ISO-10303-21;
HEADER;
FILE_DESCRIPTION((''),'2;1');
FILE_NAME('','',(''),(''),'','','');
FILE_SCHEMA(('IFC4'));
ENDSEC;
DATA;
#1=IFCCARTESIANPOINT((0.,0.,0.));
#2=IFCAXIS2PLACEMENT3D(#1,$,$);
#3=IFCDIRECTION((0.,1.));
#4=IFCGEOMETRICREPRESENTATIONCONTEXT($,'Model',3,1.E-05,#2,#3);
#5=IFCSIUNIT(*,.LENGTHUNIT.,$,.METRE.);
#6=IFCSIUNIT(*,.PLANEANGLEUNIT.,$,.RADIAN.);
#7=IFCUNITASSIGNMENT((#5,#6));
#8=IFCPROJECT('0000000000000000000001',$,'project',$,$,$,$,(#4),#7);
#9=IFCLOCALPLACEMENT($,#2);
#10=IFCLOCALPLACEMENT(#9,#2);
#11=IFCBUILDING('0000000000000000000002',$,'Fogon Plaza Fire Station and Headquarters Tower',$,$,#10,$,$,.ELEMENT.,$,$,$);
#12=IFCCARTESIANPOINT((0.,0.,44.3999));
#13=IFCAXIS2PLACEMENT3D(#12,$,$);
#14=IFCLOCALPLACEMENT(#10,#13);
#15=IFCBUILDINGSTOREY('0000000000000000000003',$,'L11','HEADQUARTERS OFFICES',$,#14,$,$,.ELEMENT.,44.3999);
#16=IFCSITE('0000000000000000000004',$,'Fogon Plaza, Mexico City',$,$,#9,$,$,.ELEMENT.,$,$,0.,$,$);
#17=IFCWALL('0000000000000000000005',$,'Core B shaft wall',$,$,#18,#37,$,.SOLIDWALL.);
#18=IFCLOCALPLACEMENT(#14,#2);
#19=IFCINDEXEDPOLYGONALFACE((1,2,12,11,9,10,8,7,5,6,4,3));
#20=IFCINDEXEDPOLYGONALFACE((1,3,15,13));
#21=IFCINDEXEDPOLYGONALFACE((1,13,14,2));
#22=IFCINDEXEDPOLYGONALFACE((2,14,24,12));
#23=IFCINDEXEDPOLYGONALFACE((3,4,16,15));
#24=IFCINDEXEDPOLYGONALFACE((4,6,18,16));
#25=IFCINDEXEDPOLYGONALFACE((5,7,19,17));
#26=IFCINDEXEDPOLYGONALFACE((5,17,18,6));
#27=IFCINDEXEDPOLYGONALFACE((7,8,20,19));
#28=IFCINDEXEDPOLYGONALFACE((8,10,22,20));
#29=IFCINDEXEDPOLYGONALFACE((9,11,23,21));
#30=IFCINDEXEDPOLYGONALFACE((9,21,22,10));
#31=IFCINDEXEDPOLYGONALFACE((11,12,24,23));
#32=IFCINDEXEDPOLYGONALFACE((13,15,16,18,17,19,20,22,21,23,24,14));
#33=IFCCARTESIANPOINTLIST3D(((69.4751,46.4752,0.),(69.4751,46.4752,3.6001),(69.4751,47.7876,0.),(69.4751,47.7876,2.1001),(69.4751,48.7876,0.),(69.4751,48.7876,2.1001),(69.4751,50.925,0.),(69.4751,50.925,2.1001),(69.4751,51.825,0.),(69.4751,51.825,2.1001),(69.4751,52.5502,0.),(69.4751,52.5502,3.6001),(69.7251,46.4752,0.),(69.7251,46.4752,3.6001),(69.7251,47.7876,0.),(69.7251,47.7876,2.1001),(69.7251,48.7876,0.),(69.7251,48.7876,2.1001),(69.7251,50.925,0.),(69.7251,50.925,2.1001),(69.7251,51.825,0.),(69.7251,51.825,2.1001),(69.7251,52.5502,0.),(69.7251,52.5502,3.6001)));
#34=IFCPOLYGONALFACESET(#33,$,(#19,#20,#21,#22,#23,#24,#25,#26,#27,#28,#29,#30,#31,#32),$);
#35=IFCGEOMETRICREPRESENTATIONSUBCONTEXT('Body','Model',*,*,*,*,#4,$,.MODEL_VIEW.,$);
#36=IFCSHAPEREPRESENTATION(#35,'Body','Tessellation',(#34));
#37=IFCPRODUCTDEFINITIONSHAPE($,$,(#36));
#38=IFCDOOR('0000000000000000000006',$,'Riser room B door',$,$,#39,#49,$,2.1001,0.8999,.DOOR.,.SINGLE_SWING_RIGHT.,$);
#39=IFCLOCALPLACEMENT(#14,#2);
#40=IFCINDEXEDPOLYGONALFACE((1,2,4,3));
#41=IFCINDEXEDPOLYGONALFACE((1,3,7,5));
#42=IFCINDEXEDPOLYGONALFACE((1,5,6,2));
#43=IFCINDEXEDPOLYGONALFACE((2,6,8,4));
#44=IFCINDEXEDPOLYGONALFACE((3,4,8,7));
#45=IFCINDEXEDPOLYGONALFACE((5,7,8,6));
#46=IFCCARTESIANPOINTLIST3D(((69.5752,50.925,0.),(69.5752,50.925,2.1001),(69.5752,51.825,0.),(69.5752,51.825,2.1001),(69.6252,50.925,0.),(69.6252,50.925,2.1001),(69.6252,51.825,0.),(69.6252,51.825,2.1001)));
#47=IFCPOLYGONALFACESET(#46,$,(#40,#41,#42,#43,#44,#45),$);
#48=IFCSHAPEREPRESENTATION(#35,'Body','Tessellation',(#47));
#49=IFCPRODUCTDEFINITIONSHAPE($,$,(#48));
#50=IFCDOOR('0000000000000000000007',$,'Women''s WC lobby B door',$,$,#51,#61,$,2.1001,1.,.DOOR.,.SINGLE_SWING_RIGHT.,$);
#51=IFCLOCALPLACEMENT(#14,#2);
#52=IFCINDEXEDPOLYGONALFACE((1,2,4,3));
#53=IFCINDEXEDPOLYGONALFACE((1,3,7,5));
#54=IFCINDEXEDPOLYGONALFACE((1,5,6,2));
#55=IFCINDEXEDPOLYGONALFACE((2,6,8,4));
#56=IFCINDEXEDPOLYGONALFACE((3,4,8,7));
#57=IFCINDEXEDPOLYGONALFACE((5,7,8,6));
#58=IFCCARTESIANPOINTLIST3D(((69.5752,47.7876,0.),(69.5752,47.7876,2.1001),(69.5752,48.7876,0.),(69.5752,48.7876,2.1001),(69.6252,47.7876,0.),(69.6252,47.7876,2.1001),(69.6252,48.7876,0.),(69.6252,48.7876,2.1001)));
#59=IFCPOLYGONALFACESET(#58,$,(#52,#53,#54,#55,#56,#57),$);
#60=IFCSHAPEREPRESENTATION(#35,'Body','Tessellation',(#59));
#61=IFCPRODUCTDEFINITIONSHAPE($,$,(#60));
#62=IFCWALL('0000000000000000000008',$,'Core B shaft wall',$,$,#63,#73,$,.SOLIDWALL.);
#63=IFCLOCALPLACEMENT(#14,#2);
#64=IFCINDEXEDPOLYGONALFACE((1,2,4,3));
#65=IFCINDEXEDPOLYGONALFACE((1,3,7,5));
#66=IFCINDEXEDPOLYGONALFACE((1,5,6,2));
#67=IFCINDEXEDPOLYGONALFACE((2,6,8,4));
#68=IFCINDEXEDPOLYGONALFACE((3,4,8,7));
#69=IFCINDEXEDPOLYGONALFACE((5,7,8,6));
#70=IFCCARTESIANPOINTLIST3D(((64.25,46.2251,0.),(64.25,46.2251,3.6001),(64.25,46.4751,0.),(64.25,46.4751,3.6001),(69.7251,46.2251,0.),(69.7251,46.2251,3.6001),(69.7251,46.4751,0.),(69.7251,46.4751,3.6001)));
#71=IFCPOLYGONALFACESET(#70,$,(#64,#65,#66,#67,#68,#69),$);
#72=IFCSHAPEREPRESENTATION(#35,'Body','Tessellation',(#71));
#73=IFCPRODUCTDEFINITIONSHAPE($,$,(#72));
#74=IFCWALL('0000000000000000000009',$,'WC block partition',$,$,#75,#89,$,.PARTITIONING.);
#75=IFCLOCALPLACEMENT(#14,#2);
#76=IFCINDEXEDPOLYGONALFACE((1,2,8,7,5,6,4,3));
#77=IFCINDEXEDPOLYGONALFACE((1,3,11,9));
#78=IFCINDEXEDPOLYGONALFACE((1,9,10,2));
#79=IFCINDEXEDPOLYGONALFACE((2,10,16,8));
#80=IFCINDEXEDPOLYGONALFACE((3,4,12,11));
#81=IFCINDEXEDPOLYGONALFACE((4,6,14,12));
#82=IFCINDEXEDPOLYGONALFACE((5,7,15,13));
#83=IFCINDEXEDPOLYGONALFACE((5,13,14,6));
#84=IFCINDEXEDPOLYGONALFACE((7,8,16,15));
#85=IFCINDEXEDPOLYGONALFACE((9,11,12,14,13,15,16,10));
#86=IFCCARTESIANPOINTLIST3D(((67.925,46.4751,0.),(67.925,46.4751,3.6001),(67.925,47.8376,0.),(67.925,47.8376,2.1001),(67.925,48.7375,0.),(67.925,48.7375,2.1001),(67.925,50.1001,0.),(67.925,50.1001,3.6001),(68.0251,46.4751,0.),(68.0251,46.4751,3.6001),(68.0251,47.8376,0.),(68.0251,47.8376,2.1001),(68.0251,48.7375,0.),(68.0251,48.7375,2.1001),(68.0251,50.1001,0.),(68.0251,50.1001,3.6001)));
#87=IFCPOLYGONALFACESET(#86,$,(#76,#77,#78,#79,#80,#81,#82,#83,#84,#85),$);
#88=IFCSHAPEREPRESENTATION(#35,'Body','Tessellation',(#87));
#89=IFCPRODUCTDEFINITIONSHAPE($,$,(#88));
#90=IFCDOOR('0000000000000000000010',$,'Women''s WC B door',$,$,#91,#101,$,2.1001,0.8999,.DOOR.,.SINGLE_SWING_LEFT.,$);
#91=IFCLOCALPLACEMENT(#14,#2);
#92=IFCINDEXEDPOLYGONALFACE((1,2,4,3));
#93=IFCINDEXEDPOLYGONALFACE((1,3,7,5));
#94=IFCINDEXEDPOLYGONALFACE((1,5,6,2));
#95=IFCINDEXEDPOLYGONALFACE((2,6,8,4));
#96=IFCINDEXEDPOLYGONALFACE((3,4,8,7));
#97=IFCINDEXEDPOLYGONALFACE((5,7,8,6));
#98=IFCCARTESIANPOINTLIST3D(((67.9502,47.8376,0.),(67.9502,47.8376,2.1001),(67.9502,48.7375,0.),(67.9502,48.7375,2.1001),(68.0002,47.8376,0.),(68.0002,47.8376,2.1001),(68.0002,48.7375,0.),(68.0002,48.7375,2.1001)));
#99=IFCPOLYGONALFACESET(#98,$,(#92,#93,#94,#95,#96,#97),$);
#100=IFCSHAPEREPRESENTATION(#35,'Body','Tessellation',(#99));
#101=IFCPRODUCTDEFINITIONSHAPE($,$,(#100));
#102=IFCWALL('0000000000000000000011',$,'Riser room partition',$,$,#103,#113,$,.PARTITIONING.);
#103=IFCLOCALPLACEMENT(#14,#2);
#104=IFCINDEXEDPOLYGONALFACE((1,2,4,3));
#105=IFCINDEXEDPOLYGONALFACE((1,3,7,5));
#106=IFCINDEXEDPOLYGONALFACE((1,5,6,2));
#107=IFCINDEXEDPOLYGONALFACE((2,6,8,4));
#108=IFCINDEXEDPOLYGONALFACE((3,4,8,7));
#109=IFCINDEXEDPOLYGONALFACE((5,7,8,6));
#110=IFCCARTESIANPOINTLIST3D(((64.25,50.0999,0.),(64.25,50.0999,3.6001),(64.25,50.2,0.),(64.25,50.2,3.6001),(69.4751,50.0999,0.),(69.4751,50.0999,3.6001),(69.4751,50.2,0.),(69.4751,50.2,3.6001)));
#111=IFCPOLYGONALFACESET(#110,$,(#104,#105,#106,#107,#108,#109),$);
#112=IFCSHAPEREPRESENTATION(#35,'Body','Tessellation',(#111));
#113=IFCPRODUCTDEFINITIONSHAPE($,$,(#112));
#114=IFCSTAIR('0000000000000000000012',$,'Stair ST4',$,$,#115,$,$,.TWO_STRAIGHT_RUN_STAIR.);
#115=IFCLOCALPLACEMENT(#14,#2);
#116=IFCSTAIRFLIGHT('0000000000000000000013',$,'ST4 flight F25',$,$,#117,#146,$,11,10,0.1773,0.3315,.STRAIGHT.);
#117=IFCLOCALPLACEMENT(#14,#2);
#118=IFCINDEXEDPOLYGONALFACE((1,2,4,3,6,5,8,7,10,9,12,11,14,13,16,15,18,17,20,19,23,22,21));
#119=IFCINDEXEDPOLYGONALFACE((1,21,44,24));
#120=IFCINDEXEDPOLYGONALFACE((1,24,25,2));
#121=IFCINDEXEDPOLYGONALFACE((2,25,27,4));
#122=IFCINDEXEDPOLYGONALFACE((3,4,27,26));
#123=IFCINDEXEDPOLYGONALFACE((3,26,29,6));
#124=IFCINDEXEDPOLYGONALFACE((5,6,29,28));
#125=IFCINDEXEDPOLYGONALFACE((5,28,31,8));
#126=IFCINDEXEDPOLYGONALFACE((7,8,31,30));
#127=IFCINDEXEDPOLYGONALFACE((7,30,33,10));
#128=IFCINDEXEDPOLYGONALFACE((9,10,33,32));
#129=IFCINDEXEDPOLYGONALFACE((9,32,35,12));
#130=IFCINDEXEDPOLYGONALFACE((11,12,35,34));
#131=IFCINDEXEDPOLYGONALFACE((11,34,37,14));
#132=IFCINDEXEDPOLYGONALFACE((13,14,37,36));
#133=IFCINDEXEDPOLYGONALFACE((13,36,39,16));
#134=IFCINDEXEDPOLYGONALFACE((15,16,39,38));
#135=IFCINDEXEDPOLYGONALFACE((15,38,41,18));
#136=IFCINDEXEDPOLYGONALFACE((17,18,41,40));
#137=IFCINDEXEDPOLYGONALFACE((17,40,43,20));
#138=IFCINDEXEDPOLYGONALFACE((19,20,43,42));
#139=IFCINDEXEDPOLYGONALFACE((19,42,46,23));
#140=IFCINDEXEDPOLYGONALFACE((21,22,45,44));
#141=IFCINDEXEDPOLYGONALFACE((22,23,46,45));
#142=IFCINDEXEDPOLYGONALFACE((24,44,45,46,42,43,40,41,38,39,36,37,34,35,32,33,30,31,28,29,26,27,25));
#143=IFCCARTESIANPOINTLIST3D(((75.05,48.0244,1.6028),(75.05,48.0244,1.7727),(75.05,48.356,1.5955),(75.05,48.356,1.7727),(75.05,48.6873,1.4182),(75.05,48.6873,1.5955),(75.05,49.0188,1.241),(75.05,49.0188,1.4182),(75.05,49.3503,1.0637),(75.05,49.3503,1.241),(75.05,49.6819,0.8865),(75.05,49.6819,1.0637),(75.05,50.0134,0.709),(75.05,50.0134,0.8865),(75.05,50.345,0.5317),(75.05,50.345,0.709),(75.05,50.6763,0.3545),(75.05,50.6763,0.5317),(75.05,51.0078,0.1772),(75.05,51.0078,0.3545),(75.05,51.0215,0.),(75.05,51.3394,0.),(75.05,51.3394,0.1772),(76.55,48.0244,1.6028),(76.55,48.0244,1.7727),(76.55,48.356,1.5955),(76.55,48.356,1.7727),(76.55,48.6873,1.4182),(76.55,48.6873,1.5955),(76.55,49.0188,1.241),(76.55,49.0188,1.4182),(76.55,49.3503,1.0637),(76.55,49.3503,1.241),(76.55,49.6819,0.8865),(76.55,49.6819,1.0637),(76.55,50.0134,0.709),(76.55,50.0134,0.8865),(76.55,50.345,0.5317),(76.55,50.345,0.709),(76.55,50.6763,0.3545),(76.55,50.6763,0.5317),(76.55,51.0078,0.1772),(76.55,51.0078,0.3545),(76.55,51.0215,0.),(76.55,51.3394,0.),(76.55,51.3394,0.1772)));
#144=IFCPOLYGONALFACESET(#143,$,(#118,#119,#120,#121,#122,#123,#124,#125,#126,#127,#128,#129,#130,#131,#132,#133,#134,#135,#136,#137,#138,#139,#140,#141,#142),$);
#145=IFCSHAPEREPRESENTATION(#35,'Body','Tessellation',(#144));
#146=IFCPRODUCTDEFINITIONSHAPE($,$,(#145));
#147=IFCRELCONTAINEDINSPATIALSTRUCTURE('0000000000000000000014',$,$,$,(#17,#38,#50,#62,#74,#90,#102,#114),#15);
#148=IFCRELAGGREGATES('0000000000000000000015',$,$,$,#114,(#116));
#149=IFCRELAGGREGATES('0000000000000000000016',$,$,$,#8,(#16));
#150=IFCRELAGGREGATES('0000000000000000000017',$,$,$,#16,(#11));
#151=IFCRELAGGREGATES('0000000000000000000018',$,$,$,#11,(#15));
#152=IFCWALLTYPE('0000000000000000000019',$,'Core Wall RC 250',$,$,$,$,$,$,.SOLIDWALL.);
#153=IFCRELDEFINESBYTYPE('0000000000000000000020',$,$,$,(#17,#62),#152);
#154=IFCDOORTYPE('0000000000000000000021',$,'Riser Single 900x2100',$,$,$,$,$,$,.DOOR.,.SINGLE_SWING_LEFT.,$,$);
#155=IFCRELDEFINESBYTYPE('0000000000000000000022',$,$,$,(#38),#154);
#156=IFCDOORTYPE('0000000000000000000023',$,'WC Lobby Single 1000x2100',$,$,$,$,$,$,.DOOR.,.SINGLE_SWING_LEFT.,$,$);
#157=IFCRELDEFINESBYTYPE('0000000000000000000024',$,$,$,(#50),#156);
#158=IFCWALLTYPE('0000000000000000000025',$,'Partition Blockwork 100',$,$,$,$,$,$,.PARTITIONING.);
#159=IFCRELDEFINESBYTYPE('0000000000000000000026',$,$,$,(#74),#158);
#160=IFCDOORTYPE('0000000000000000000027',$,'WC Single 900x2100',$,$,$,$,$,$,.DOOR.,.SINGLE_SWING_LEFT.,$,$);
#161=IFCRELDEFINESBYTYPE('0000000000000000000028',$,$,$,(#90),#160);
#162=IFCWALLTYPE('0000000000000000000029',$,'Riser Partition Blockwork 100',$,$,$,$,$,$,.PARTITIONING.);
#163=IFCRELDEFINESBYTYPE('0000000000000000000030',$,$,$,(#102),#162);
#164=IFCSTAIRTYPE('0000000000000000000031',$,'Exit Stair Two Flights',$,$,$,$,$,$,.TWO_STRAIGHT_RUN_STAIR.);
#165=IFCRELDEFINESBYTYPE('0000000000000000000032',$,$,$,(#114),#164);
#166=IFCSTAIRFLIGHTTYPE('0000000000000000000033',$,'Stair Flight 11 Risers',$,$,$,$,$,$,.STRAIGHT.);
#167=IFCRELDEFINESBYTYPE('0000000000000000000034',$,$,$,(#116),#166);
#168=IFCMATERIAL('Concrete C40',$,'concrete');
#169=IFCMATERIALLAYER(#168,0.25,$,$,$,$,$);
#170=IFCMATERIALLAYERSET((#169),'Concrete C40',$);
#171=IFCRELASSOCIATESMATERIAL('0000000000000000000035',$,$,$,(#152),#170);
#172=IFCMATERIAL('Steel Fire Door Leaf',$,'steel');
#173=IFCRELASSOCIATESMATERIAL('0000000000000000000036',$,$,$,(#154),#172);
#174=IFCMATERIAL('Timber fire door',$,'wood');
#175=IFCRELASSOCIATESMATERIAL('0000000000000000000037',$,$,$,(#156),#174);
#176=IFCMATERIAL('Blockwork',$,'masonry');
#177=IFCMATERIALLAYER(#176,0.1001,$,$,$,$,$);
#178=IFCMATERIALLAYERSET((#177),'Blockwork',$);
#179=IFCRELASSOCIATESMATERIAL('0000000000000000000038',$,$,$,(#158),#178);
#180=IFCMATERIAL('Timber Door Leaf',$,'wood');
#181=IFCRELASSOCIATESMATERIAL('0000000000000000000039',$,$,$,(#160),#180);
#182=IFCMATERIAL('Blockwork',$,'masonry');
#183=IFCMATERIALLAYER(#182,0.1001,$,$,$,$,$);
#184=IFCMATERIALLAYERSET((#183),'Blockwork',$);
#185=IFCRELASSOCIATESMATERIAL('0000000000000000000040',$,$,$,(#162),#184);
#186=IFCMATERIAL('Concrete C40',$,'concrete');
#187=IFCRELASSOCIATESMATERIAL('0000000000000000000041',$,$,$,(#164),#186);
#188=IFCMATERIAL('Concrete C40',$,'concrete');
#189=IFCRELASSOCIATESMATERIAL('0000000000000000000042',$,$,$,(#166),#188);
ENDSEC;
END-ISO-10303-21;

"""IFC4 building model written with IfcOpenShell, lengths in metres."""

from ifc_helpers import new_model, si_unit, direction, frame, frame_2d, origin, place, context, subcontext, project, spatial, polyline, rectangle, outline, extrude, material, layer, layer_set, type_object, element, fill, aggregate, save


model = new_model("IFC4")

# Units and contexts
model_context = context("Model", 3, precision=1e-05, world=origin(), true_north=direction((0.0, 1.0)))
body_context = subcontext(model_context, "Body", "Model", "MODEL_VIEW")
ifc_project = project(units=[si_unit("LENGTHUNIT", "METRE"), si_unit("PLANEANGLEUNIT", "RADIAN")], contexts=[model_context])

# Site, building, storey
site_placement = place(None, origin())
site = spatial("IfcSite", under=ifc_project, at=site_placement, Name="Fogon Plaza, Mexico City", CompositionType="ELEMENT", RefElevation=0.0)
building_placement = place(site_placement, origin())
building = spatial("IfcBuilding", under=site, at=building_placement, Name="Fogon Plaza Fire Station and Headquarters Tower", CompositionType="ELEMENT")
storey_placement = place(building_placement, frame((0.0, 0.0, 44.3999)))
storey = spatial("IfcBuildingStorey", under=building, at=storey_placement, Name="L11", Description="HEADQUARTERS OFFICES", CompositionType="ELEMENT", Elevation=44.3999)

# Shared definitions
ifc_material_1 = material(Name="Concrete C40", Category="concrete")
ifc_layer_1 = layer(ifc_material_1, 0.25)
ifc_layer_set_1 = layer_set([ifc_layer_1], Name="Concrete C40")
wall_type_1 = type_object("IfcWallType", Name="Core Wall RC 250", PredefinedType="SOLIDWALL", material=ifc_layer_set_1)

# Wall, openings, doors
wall_1_placement = place(storey_placement, frame((69.6001, 46.4751, 0.0), z_axis=(0.0, 0.0, 1.0), x_axis=(0.0, 1.0, 0.0)))
wall_1 = element("IfcWall", 1, at=wall_1_placement, inside=storey, type_object=wall_type_1, Name="Core B shaft wall", PredefinedType="SOLIDWALL", context=body_context, shape_type="SweptSolid", body=[
    extrude(rectangle(XDim=6.075, YDim=0.25, at=frame_2d((3.0376, 0.0))), origin(), (0.0, 0.0, 1.0), 3.6001),
])
opening_1_placement = place(wall_1_placement, frame((1.3125, 0.0, 0.0)))
opening_1 = element("IfcOpeningElement", 2, at=opening_1_placement, cuts=wall_1, PredefinedType="OPENING", context=body_context, shape_type="SweptSolid", body=[
    extrude(rectangle(XDim=1.0, YDim=2.1001, at=frame_2d((0.5, 1.05))), frame((0.0, 0.135, 0.0), z_axis=(0.0, -1.0, 0.0), x_axis=(1.0, 0.0, 0.0)), (0.0, 0.0, 1.0), 0.27),
])
opening_2_placement = place(wall_1_placement, frame((4.45, 0.0, 0.0)))
opening_2 = element("IfcOpeningElement", 3, at=opening_2_placement, cuts=wall_1, PredefinedType="OPENING", context=body_context, shape_type="SweptSolid", body=[
    extrude(rectangle(XDim=0.8999, YDim=2.1001, at=frame_2d((0.45, 1.05))), frame((0.0, 0.135, 0.0), z_axis=(0.0, -1.0, 0.0), x_axis=(1.0, 0.0, 0.0)), (0.0, 0.0, 1.0), 0.27),
])
ifc_material_2 = material(Name="Steel Fire Door Leaf", Category="steel")
door_type_1 = type_object("IfcDoorType", Name="Riser Single 900x2100", OperationType="SINGLE_SWING_LEFT", PredefinedType="DOOR", material=ifc_material_2)
door_1_placement = place(opening_2_placement, origin())
door_1 = element("IfcDoor", 4, at=door_1_placement, inside=storey, type_object=door_type_1, Name="Riser room B door", OperationType="SINGLE_SWING_RIGHT", OverallHeight=2.1001, OverallWidth=0.8999, PredefinedType="DOOR", context=body_context, shape_type="SweptSolid", body=[
    extrude(rectangle(XDim=0.8999, YDim=2.1001, at=frame_2d((0.45, 1.05))), frame((0.0, 0.0249, 0.0), z_axis=(0.0, -1.0, 0.0), x_axis=(1.0, 0.0, 0.0)), (0.0, 0.0, 1.0), 0.05),
])
fill(opening_2, door_1)
ifc_material_3 = material(Name="Timber fire door", Category="wood")
door_type_2 = type_object("IfcDoorType", Name="WC Lobby Single 1000x2100", OperationType="SINGLE_SWING_LEFT", PredefinedType="DOOR", material=ifc_material_3)
door_2_placement = place(opening_1_placement, origin())
door_2 = element("IfcDoor", 5, at=door_2_placement, inside=storey, type_object=door_type_2, Name="Women's WC lobby B door", OperationType="SINGLE_SWING_RIGHT", OverallHeight=2.1001, OverallWidth=1.0, PredefinedType="DOOR", context=body_context, shape_type="SweptSolid", body=[
    extrude(rectangle(XDim=1.0, YDim=2.1001, at=frame_2d((0.5, 1.05))), frame((0.0, 0.0249, 0.0), z_axis=(0.0, -1.0, 0.0), x_axis=(1.0, 0.0, 0.0)), (0.0, 0.0, 1.0), 0.05),
])
fill(opening_1, door_2)

# Wall
wall_2_placement = place(storey_placement, frame((69.7251, 46.3501, 0.0), z_axis=(0.0, 0.0, 1.0), x_axis=(-1.0, 0.0, 0.0)))
element("IfcWall", 6, at=wall_2_placement, inside=storey, type_object=wall_type_1, Name="Core B shaft wall", PredefinedType="SOLIDWALL", context=body_context, shape_type="SweptSolid", body=[
    extrude(rectangle(XDim=5.4751, YDim=0.25, at=frame_2d((2.7375, 0.0))), origin(), (0.0, 0.0, 1.0), 3.6001),
])

# Wall, opening, door
ifc_material_4 = material(Name="Blockwork", Category="masonry")
ifc_layer_2 = layer(ifc_material_4, 0.1001)
ifc_layer_set_2 = layer_set([ifc_layer_2], Name="Blockwork")
wall_type_2 = type_object("IfcWallType", Name="Partition Blockwork 100", PredefinedType="PARTITIONING", material=ifc_layer_set_2)
wall_3_placement = place(storey_placement, frame((67.9751, 46.4751, 0.0), z_axis=(0.0, 0.0, 1.0), x_axis=(0.0, 1.0, 0.0)))
wall_3 = element("IfcWall", 7, at=wall_3_placement, inside=storey, type_object=wall_type_2, Name="WC block partition", PredefinedType="PARTITIONING", context=body_context, shape_type="SweptSolid", body=[
    extrude(rectangle(XDim=3.625, YDim=0.1001, at=frame_2d((1.8125, 0.0))), origin(), (0.0, 0.0, 1.0), 3.6001),
])
opening_3_placement = place(wall_3_placement, frame((1.3625, 0.0, 0.0)))
opening_3 = element("IfcOpeningElement", 8, at=opening_3_placement, cuts=wall_3, PredefinedType="OPENING", context=body_context, shape_type="SweptSolid", body=[
    extrude(rectangle(XDim=0.8999, YDim=2.1001, at=frame_2d((0.45, 1.05))), frame((0.0, 0.0601, 0.0), z_axis=(0.0, -1.0, 0.0), x_axis=(1.0, 0.0, 0.0)), (0.0, 0.0, 1.0), 0.1201),
])
ifc_material_5 = material(Name="Timber Door Leaf", Category="wood")
door_type_3 = type_object("IfcDoorType", Name="WC Single 900x2100", OperationType="SINGLE_SWING_LEFT", PredefinedType="DOOR", material=ifc_material_5)
door_3_placement = place(opening_3_placement, origin())
door_3 = element("IfcDoor", 9, at=door_3_placement, inside=storey, type_object=door_type_3, Name="Women's WC B door", OperationType="SINGLE_SWING_LEFT", OverallHeight=2.1001, OverallWidth=0.8999, PredefinedType="DOOR", context=body_context, shape_type="SweptSolid", body=[
    extrude(rectangle(XDim=0.8999, YDim=2.1001, at=frame_2d((0.45, 1.05))), frame((0.0, 0.0249, 0.0), z_axis=(0.0, -1.0, 0.0), x_axis=(1.0, 0.0, 0.0)), (0.0, 0.0, 1.0), 0.05),
])
fill(opening_3, door_3)

# Wall
ifc_material_6 = material(Name="Blockwork", Category="masonry")
ifc_layer_3 = layer(ifc_material_6, 0.1001)
ifc_layer_set_3 = layer_set([ifc_layer_3], Name="Blockwork")
wall_type_3 = type_object("IfcWallType", Name="Riser Partition Blockwork 100", PredefinedType="PARTITIONING", material=ifc_layer_set_3)
wall_4_placement = place(storey_placement, frame((69.4751, 50.1499, 0.0), z_axis=(0.0, 0.0, 1.0), x_axis=(-1.0, 0.0, 0.0)))
element("IfcWall", 10, at=wall_4_placement, inside=storey, type_object=wall_type_3, Name="Riser room partition", PredefinedType="PARTITIONING", context=body_context, shape_type="SweptSolid", body=[
    extrude(rectangle(XDim=5.2251, YDim=0.1001, at=frame_2d((2.6125, 0.0))), origin(), (0.0, 0.0, 1.0), 3.6001),
])

# Stair, stair flight
ifc_material_7 = material(Name="Concrete C40", Category="concrete")
stair_type = type_object("IfcStairType", Name="Exit Stair Two Flights", PredefinedType="TWO_STRAIGHT_RUN_STAIR", material=ifc_material_7)
stair_placement = place(storey_placement, origin())
stair = element("IfcStair", 11, at=stair_placement, inside=storey, type_object=stair_type, Name="Stair ST4", PredefinedType="TWO_STRAIGHT_RUN_STAIR")
ifc_material_8 = material(Name="Concrete C40", Category="concrete")
stair_flight_type = type_object("IfcStairFlightType", Name="Stair Flight 11 Risers", PredefinedType="STRAIGHT", material=ifc_material_8)
stair_flight_1_placement = place(storey_placement, frame((75.8, 51.3394, 0.0), z_axis=(0.0, 0.0, 1.0), x_axis=(0.0, -1.0, 0.0)))
stair_flight_1 = element("IfcStairFlight", 12, at=stair_flight_1_placement, type_object=stair_flight_type, Name="ST4 flight F25", NumberOfRisers=11, NumberOfTreads=10, PredefinedType="STRAIGHT", RiserHeight=0.1773, TreadLength=0.3315, context=body_context, shape_type="SweptSolid", body=[
    extrude(outline(polyline([(0.0, 0.0), (0.0, 0.1772), (0.3315, 0.1772), (0.3315, 0.3545), (0.6631, 0.3545), (0.6631, 0.5317), (0.9944, 0.5317), (0.9944, 0.709), (1.3259, 0.709), (1.3259, 0.8865), (1.6575, 0.8865), (1.6575, 1.0637), (1.989, 1.0637), (1.989, 1.241), (2.3206, 1.241), (2.3206, 1.4182), (2.6521, 1.4182), (2.6521, 1.5955), (2.9834, 1.5955), (2.9834, 1.7727), (3.3149, 1.7727), (3.3149, 1.95), (3.3149, 1.6028), (0.3179, 0.0), (0.0, 0.0)])), frame((0.0, 0.75, 0.0), z_axis=(0.0, -1.0, 0.0), x_axis=(1.0, 0.0, 0.0)), (0.0, 0.0, 1.0), 1.5),
])
aggregate(stair, [stair_flight_1])

save(model, "model.ifc")
